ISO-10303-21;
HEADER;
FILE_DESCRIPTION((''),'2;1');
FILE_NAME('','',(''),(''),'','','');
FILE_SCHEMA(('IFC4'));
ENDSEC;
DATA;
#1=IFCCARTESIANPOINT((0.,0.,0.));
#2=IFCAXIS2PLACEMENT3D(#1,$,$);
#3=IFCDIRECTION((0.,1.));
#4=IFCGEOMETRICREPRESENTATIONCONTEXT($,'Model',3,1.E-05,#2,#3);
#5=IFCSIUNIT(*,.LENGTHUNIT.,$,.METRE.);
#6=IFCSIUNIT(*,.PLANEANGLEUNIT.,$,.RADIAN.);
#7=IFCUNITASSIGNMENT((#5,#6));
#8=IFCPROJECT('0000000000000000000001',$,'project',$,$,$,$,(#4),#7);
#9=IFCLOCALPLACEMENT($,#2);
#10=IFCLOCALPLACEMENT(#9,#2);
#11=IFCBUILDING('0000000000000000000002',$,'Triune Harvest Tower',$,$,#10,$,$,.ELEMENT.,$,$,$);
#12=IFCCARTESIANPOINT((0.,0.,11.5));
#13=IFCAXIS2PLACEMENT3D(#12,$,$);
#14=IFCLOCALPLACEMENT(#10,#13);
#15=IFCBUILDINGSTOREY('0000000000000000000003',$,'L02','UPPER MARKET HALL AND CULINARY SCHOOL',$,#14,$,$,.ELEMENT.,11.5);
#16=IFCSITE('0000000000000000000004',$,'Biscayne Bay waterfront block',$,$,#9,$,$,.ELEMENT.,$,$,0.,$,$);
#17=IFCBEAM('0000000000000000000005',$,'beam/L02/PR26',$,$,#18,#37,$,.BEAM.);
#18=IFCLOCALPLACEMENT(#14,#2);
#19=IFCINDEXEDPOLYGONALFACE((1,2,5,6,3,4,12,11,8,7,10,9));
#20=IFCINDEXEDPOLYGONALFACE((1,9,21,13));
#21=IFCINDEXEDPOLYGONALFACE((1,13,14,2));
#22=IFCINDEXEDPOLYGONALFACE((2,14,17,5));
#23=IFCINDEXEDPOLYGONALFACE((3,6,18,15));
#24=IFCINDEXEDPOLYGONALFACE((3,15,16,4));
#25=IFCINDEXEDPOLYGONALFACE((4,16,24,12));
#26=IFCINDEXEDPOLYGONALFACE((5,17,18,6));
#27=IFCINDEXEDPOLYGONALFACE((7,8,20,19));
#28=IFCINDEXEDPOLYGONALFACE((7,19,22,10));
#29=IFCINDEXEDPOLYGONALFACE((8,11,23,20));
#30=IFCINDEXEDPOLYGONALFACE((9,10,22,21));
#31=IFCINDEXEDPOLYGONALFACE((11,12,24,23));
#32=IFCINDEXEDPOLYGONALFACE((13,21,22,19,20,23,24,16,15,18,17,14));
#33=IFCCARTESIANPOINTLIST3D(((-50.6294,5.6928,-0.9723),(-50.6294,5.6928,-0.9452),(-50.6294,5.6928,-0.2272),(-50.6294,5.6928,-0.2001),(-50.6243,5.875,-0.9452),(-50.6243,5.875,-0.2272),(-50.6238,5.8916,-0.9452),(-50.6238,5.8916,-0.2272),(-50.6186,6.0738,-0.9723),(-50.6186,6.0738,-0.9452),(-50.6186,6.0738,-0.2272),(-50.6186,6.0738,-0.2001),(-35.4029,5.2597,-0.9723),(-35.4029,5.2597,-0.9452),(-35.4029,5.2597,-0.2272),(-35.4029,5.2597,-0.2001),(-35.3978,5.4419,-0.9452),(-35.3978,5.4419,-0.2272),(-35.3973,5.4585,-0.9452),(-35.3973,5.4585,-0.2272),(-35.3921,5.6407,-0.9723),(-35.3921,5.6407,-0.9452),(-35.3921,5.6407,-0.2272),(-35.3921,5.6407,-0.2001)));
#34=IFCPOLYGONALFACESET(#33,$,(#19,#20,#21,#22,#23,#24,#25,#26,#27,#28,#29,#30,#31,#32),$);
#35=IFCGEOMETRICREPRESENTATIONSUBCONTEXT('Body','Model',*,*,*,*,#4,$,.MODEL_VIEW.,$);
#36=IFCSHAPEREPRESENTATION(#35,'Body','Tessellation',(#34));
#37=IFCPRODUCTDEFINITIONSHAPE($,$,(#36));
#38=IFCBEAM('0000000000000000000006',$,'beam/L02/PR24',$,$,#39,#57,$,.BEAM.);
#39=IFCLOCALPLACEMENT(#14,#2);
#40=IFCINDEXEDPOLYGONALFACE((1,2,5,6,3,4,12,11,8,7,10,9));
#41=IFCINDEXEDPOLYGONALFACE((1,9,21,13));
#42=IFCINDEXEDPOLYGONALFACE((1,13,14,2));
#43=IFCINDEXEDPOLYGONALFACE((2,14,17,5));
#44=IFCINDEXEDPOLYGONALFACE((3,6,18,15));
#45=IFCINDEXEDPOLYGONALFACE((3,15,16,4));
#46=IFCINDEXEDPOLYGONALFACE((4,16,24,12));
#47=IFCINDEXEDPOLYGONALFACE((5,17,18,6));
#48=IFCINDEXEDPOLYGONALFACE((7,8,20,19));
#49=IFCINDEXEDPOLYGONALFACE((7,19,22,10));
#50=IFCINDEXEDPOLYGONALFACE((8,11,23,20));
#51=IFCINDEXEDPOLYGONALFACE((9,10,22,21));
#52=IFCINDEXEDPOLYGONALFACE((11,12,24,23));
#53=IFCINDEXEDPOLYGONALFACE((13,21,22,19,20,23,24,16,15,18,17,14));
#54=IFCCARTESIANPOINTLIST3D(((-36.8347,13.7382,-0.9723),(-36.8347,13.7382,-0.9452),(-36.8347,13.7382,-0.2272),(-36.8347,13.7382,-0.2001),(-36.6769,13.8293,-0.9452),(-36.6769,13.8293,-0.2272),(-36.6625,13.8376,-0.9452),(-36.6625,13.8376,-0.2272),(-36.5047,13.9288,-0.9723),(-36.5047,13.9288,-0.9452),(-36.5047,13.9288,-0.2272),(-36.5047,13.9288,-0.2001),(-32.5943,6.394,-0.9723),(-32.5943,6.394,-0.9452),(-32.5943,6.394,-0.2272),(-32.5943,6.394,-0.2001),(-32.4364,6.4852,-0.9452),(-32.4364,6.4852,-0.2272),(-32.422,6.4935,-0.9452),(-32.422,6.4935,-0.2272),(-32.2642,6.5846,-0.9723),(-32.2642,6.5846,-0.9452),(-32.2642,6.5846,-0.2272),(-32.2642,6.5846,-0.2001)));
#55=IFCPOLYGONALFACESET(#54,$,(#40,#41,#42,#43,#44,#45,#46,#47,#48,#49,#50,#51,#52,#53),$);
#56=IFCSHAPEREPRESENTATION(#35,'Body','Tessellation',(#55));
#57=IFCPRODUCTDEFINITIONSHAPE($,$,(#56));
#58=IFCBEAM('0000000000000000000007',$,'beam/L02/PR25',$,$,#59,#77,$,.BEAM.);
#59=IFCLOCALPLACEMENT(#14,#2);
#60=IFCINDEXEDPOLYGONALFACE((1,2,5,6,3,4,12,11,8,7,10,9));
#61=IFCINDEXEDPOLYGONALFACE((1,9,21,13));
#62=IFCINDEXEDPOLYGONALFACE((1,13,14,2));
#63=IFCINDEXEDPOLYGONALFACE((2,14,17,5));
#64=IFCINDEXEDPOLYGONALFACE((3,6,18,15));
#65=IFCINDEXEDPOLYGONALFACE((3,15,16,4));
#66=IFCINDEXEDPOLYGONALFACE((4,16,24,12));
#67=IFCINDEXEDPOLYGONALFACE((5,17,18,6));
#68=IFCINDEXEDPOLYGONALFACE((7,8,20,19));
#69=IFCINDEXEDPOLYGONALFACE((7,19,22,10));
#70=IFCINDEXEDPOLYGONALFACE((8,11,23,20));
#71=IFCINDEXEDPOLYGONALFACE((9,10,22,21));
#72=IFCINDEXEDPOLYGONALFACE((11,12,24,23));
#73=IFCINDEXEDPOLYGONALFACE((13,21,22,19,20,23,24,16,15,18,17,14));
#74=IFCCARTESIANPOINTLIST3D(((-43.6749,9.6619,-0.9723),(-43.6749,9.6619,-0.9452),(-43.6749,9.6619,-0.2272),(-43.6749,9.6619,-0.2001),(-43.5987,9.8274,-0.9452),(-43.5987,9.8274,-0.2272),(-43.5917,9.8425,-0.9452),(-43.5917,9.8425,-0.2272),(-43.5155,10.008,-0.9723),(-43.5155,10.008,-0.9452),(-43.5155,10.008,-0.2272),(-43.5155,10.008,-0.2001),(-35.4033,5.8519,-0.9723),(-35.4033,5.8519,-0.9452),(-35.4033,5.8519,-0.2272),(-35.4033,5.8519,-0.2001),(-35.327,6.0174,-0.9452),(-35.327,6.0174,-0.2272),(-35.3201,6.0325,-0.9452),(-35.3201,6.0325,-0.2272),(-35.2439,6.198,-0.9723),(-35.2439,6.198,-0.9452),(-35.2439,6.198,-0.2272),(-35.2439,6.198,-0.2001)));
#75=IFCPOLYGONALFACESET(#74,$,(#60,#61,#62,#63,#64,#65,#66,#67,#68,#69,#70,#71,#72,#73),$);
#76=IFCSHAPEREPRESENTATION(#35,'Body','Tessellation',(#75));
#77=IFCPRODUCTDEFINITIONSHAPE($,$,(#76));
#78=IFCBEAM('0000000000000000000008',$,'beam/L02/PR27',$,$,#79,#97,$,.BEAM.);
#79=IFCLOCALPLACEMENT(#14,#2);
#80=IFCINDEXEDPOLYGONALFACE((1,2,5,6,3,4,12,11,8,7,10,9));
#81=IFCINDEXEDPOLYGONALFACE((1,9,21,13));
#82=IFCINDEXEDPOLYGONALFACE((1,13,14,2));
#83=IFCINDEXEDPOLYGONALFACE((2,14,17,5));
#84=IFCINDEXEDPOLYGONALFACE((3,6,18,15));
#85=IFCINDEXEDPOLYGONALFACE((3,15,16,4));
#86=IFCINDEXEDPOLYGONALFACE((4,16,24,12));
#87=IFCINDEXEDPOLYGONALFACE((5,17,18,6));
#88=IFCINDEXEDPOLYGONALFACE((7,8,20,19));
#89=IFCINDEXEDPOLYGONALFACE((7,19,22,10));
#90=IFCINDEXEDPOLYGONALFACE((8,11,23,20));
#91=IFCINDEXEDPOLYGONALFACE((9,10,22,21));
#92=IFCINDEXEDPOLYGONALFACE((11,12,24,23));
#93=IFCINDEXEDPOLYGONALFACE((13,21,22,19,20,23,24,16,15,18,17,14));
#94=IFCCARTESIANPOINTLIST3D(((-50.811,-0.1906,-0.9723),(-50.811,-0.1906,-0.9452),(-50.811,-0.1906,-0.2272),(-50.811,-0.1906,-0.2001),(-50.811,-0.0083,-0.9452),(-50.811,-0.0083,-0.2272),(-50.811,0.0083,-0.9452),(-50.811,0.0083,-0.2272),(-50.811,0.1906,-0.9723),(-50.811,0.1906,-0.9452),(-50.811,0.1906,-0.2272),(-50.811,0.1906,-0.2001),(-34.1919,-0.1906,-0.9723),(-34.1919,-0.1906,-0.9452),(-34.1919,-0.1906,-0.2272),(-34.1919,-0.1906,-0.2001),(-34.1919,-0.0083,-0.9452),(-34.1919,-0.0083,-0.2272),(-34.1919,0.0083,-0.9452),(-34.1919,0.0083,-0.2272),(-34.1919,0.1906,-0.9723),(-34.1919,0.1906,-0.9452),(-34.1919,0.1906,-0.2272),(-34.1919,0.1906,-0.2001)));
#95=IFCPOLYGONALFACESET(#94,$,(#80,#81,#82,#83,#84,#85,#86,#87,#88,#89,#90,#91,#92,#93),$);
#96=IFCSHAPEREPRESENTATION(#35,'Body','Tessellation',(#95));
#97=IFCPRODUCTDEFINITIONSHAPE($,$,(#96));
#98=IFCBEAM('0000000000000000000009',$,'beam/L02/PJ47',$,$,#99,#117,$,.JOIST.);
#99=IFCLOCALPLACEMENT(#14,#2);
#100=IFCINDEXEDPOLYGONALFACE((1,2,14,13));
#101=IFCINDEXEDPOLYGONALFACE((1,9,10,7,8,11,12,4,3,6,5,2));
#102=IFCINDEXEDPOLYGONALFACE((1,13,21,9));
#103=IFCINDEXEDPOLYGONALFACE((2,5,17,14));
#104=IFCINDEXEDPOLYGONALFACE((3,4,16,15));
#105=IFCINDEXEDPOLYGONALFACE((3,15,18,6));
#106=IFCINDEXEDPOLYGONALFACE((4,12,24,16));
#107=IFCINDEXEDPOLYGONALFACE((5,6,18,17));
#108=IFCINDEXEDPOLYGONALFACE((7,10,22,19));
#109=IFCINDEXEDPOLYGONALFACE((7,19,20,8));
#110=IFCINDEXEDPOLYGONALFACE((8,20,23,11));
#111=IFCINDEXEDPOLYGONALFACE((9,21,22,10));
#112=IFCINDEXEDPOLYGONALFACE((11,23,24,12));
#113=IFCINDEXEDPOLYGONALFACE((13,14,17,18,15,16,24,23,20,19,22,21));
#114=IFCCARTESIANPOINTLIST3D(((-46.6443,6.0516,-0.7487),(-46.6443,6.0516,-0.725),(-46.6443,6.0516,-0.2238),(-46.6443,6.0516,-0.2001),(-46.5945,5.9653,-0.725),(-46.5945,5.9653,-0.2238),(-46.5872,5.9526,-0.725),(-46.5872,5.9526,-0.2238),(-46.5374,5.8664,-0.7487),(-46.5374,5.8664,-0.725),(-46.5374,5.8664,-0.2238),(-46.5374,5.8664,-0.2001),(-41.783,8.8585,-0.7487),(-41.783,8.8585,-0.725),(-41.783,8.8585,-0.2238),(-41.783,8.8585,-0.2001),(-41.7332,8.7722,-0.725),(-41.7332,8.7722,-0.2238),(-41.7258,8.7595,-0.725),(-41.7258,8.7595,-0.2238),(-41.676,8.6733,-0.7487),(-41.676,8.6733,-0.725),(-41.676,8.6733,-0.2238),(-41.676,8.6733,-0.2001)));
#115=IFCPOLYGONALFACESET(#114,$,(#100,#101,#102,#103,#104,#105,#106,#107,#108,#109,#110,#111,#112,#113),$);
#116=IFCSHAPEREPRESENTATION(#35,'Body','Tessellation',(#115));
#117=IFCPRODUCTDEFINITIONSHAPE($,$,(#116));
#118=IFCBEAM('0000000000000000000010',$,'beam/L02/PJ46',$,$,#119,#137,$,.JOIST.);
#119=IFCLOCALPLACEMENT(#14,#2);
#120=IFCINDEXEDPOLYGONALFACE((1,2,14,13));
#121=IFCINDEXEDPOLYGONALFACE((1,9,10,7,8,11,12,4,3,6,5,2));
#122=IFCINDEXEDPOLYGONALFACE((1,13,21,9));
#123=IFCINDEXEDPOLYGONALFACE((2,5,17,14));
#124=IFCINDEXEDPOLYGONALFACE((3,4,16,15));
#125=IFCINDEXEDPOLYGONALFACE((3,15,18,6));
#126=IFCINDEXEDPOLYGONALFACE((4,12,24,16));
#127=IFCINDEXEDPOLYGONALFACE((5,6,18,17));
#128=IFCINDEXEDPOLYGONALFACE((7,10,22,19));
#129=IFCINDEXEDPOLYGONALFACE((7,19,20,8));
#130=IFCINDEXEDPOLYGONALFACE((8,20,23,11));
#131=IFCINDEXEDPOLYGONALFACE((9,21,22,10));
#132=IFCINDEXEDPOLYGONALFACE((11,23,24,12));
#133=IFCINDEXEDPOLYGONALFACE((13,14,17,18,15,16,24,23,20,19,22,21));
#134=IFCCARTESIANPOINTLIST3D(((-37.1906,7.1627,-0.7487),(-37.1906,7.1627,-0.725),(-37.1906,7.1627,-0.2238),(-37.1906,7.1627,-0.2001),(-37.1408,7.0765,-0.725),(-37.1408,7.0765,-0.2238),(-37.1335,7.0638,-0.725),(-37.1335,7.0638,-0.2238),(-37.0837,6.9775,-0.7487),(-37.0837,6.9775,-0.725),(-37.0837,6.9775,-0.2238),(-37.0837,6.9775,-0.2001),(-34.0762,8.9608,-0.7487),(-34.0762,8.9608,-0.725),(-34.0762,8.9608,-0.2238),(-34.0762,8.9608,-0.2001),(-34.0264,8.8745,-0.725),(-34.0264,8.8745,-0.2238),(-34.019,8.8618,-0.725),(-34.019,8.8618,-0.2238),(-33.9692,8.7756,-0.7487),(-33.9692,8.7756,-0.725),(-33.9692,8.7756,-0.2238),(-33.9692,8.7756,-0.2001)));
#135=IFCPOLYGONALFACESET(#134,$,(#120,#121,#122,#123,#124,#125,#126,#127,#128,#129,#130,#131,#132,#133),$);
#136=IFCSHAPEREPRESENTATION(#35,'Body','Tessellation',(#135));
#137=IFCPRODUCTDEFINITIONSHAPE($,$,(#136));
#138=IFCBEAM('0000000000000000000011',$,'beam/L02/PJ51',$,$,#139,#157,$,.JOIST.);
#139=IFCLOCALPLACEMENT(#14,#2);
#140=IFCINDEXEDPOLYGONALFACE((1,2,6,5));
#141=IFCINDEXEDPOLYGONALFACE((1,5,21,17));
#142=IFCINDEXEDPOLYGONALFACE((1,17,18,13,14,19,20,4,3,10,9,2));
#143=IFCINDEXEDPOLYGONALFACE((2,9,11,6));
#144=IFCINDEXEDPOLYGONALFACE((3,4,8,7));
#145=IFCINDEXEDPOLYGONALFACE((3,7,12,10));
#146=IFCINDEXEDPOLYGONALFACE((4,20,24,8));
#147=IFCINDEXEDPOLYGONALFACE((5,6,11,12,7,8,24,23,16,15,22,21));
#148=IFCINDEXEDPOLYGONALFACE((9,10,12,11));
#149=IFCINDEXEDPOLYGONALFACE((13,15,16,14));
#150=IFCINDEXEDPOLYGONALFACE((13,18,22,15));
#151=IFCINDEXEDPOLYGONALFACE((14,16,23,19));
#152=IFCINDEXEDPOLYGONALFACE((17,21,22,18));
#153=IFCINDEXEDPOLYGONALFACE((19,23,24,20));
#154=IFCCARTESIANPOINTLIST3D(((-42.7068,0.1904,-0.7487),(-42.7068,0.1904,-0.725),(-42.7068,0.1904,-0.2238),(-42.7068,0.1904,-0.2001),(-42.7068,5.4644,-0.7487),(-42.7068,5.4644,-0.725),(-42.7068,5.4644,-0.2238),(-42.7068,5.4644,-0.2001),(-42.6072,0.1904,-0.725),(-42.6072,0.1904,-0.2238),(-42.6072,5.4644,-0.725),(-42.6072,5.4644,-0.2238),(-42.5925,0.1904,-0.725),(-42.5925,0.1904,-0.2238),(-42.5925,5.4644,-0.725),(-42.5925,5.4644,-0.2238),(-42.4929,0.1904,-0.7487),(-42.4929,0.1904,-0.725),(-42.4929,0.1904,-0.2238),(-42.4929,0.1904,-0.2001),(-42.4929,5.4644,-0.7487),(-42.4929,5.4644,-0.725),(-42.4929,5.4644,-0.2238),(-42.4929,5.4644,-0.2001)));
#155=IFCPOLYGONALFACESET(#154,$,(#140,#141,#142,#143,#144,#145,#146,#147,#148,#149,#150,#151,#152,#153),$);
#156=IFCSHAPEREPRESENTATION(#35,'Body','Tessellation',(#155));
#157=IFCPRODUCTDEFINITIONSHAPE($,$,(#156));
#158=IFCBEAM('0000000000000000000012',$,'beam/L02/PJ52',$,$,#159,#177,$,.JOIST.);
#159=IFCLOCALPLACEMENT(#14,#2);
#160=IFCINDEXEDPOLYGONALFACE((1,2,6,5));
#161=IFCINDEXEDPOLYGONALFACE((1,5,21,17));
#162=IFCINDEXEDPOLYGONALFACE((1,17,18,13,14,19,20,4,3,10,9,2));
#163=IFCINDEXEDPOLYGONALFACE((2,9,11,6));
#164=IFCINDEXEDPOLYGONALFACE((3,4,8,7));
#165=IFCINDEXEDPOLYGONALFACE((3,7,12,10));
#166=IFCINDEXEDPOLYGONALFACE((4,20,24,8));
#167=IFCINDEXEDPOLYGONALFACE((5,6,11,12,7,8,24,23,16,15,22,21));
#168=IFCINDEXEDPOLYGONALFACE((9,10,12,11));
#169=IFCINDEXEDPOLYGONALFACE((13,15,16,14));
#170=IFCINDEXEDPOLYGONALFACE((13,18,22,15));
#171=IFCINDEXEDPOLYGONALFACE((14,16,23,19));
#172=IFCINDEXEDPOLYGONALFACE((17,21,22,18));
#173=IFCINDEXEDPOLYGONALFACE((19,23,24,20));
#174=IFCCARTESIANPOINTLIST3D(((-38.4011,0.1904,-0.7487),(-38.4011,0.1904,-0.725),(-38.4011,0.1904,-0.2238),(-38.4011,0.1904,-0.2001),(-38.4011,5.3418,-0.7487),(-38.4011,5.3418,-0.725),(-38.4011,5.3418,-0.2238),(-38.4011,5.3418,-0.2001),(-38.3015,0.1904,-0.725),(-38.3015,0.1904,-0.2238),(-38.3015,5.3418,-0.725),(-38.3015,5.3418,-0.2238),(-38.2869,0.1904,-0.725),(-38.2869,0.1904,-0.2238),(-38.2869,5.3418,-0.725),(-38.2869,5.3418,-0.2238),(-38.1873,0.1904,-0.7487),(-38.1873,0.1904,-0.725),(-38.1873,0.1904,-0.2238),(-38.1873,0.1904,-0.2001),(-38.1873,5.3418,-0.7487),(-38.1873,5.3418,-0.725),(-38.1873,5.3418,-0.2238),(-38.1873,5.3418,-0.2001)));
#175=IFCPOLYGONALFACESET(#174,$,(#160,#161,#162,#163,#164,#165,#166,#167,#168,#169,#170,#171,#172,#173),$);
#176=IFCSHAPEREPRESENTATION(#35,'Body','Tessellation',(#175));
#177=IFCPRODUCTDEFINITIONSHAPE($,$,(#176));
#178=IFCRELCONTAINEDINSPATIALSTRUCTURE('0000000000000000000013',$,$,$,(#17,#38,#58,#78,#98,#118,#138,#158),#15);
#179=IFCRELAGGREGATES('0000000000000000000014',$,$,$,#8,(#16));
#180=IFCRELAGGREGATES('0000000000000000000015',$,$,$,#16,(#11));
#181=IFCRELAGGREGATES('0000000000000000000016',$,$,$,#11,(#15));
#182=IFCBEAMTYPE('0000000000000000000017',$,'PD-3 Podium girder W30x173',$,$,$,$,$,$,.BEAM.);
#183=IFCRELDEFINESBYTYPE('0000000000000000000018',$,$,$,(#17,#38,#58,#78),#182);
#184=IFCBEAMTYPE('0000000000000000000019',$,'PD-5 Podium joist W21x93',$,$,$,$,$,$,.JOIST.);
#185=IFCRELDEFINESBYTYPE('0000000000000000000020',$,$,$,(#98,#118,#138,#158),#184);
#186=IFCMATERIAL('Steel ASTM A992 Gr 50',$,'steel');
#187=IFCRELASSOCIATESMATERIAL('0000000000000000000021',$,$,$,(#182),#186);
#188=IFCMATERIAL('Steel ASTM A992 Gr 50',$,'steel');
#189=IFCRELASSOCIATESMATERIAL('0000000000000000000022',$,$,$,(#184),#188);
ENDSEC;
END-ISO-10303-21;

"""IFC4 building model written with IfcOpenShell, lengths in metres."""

from ifc_helpers import new_model, si_unit, direction, frame, origin, origin_2d, place, context, subcontext, project, spatial, i_section, extrude, source, transform, mapped, material, material_profile, profile_set, type_object, element, save


model = new_model("IFC4")

# Units and contexts
model_context = context("Model", 3, precision=1e-05, world=origin(), true_north=direction((0.0, 1.0)))
body_context = subcontext(model_context, "Body", "Model", "MODEL_VIEW")
ifc_project = project(units=[si_unit("LENGTHUNIT", "METRE"), si_unit("PLANEANGLEUNIT", "RADIAN")], contexts=[model_context])

# Site, building, storey
site_placement = place(None, origin())
site = spatial("IfcSite", under=ifc_project, at=site_placement, Name="Biscayne Bay waterfront block", CompositionType="ELEMENT", RefElevation=0.0)
building_placement = place(site_placement, origin())
building = spatial("IfcBuilding", under=site, at=building_placement, Name="Triune Harvest Tower", CompositionType="ELEMENT")
storey_placement = place(building_placement, frame((0.0, 0.0, 11.5)))
storey = spatial("IfcBuildingStorey", under=building, at=storey_placement, Name="L02", Description="UPPER MARKET HALL AND CULINARY SCHOOL", CompositionType="ELEMENT", Elevation=11.5)

# Beams
ifc_material_1 = material(Name="Steel ASTM A992 Gr 50", Category="steel")
ifc_material_profile_1 = material_profile(ifc_material_1, i_section(OverallWidth=0.3811, OverallDepth=0.7722, WebThickness=0.0166, FlangeThickness=0.0271, at=origin_2d()), Name="W30x173")
ifc_profile_set_1 = profile_set([ifc_material_profile_1], Name="Steel ASTM A992 Gr 50")
beam_type_1 = type_object("IfcBeamType", Name="PD-3 Podium girder W30x173", PredefinedType="BEAM", material=ifc_profile_set_1)
shared_shape_1 = source(origin(), body_context, "Body", "SweptSolid", [
    extrude(i_section(OverallWidth=0.3811, OverallDepth=0.7722, WebThickness=0.0166, FlangeThickness=0.0271, at=origin_2d()), origin(), (0.0, 0.0, 1.0), 15.2327),
])
beam_1_placement = place(storey_placement, frame((-50.624, 5.8833, -0.5862), z_axis=(0.999596, -0.028433, 0.0), x_axis=(0.028433, 0.999596, 0.0)))
element("IfcBeam", 1, at=beam_1_placement, inside=storey, type_object=beam_type_1, Name="beam/L02/PR26", PredefinedType="BEAM", context=body_context, shape_type="MappedRepresentation", body=[
    mapped(shared_shape_1, transform((0.0, 0.0, 0.0), scale=1.0)),
])
shared_shape_2 = source(origin(), body_context, "Body", "SweptSolid", [
    extrude(i_section(OverallWidth=0.3811, OverallDepth=0.7722, WebThickness=0.0166, FlangeThickness=0.0271, at=origin_2d()), origin(), (0.0, 0.0, 1.0), 8.4805),
])
beam_2_placement = place(storey_placement, frame((-36.6697, 13.8335, -0.5862), z_axis=(0.500025, -0.866011, 0.0), x_axis=(0.866011, 0.500025, 0.0)))
element("IfcBeam", 2, at=beam_2_placement, inside=storey, type_object=beam_type_1, Name="beam/L02/PR24", PredefinedType="BEAM", context=body_context, shape_type="MappedRepresentation", body=[
    mapped(shared_shape_2, transform((0.0, 0.0, 0.0), scale=1.0)),
])
shared_shape_3 = source(origin(), body_context, "Body", "SweptSolid", [
    extrude(i_section(OverallWidth=0.3811, OverallDepth=0.7722, WebThickness=0.0166, FlangeThickness=0.0271, at=origin_2d()), origin(), (0.0, 0.0, 1.0), 9.1069),
])
beam_3_placement = place(storey_placement, frame((-43.5952, 9.835, -0.5862), z_axis=(0.908279, -0.418364, 0.0), x_axis=(0.418364, 0.908279, 0.0)))
element("IfcBeam", 3, at=beam_3_placement, inside=storey, type_object=beam_type_1, Name="beam/L02/PR25", PredefinedType="BEAM", context=body_context, shape_type="MappedRepresentation", body=[
    mapped(shared_shape_3, transform((0.0, 0.0, 0.0), scale=1.0)),
])
shared_shape_4 = source(origin(), body_context, "Body", "SweptSolid", [
    extrude(i_section(OverallWidth=0.3811, OverallDepth=0.7722, WebThickness=0.0166, FlangeThickness=0.0271, at=origin_2d()), origin(), (0.0, 0.0, 1.0), 16.6191),
])
beam_4_placement = place(storey_placement, frame((-50.811, 0.0, -0.5862), z_axis=(1.0, 0.0, 0.0), x_axis=(0.0, 1.0, 0.0)))
element("IfcBeam", 4, at=beam_4_placement, inside=storey, type_object=beam_type_1, Name="beam/L02/PR27", PredefinedType="BEAM", context=body_context, shape_type="MappedRepresentation", body=[
    mapped(shared_shape_4, transform((0.0, 0.0, 0.0), scale=1.0)),
])
ifc_material_2 = material(Name="Steel ASTM A992 Gr 50", Category="steel")
ifc_material_profile_2 = material_profile(ifc_material_2, i_section(OverallWidth=0.2139, OverallDepth=0.5486, WebThickness=0.0146, FlangeThickness=0.0237, at=origin_2d()), Name="W21x93")
ifc_profile_set_2 = profile_set([ifc_material_profile_2], Name="Steel ASTM A992 Gr 50")
beam_type_2 = type_object("IfcBeamType", Name="PD-5 Podium joist W21x93", PredefinedType="JOIST", material=ifc_profile_set_2)
shared_shape_5 = source(origin(), body_context, "Body", "SweptSolid", [
    extrude(i_section(OverallWidth=0.2139, OverallDepth=0.5486, WebThickness=0.0146, FlangeThickness=0.0237, at=origin_2d()), origin(), (0.0, 0.0, 1.0), 5.6135),
])
beam_5_placement = place(storey_placement, frame((-41.7295, 8.7659, -0.4744), z_axis=(-0.86601, -0.500026, 0.0), x_axis=(0.500026, -0.86601, 0.0)))
element("IfcBeam", 5, at=beam_5_placement, inside=storey, type_object=beam_type_2, Name="beam/L02/PJ47", PredefinedType="JOIST", context=body_context, shape_type="MappedRepresentation", body=[
    mapped(shared_shape_5, transform((0.0, 0.0, 0.0), scale=1.0)),
])
shared_shape_6 = source(origin(), body_context, "Body", "SweptSolid", [
    extrude(i_section(OverallWidth=0.2139, OverallDepth=0.5486, WebThickness=0.0146, FlangeThickness=0.0237, at=origin_2d()), origin(), (0.0, 0.0, 1.0), 3.5962),
])
beam_6_placement = place(storey_placement, frame((-34.0227, 8.8682, -0.4744), z_axis=(-0.866033, -0.499987, 0.0), x_axis=(0.499987, -0.866033, 0.0)))
element("IfcBeam", 6, at=beam_6_placement, inside=storey, type_object=beam_type_2, Name="beam/L02/PJ46", PredefinedType="JOIST", context=body_context, shape_type="MappedRepresentation", body=[
    mapped(shared_shape_6, transform((0.0, 0.0, 0.0), scale=1.0)),
])
shared_shape_7 = source(origin(), body_context, "Body", "SweptSolid", [
    extrude(i_section(OverallWidth=0.2139, OverallDepth=0.5486, WebThickness=0.0146, FlangeThickness=0.0237, at=origin_2d()), origin(), (0.0, 0.0, 1.0), 5.2739),
])
beam_7_placement = place(storey_placement, frame((-42.5999, 5.4644, -0.4744), z_axis=(0.0, -1.0, 0.0), x_axis=(1.0, 0.0, 0.0)))
element("IfcBeam", 7, at=beam_7_placement, inside=storey, type_object=beam_type_2, Name="beam/L02/PJ51", PredefinedType="JOIST", context=body_context, shape_type="MappedRepresentation", body=[
    mapped(shared_shape_7, transform((0.0, 0.0, 0.0), scale=1.0)),
])
shared_shape_8 = source(origin(), body_context, "Body", "SweptSolid", [
    extrude(i_section(OverallWidth=0.2139, OverallDepth=0.5486, WebThickness=0.0146, FlangeThickness=0.0237, at=origin_2d()), origin(), (0.0, 0.0, 1.0), 5.1514),
])
beam_8_placement = place(storey_placement, frame((-38.2942, 5.3418, -0.4744), z_axis=(0.0, -1.0, 0.0), x_axis=(1.0, 0.0, 0.0)))
element("IfcBeam", 8, at=beam_8_placement, inside=storey, type_object=beam_type_2, Name="beam/L02/PJ52", PredefinedType="JOIST", context=body_context, shape_type="MappedRepresentation", body=[
    mapped(shared_shape_8, transform((0.0, 0.0, 0.0), scale=1.0)),
])

save(model, "model.ifc")
